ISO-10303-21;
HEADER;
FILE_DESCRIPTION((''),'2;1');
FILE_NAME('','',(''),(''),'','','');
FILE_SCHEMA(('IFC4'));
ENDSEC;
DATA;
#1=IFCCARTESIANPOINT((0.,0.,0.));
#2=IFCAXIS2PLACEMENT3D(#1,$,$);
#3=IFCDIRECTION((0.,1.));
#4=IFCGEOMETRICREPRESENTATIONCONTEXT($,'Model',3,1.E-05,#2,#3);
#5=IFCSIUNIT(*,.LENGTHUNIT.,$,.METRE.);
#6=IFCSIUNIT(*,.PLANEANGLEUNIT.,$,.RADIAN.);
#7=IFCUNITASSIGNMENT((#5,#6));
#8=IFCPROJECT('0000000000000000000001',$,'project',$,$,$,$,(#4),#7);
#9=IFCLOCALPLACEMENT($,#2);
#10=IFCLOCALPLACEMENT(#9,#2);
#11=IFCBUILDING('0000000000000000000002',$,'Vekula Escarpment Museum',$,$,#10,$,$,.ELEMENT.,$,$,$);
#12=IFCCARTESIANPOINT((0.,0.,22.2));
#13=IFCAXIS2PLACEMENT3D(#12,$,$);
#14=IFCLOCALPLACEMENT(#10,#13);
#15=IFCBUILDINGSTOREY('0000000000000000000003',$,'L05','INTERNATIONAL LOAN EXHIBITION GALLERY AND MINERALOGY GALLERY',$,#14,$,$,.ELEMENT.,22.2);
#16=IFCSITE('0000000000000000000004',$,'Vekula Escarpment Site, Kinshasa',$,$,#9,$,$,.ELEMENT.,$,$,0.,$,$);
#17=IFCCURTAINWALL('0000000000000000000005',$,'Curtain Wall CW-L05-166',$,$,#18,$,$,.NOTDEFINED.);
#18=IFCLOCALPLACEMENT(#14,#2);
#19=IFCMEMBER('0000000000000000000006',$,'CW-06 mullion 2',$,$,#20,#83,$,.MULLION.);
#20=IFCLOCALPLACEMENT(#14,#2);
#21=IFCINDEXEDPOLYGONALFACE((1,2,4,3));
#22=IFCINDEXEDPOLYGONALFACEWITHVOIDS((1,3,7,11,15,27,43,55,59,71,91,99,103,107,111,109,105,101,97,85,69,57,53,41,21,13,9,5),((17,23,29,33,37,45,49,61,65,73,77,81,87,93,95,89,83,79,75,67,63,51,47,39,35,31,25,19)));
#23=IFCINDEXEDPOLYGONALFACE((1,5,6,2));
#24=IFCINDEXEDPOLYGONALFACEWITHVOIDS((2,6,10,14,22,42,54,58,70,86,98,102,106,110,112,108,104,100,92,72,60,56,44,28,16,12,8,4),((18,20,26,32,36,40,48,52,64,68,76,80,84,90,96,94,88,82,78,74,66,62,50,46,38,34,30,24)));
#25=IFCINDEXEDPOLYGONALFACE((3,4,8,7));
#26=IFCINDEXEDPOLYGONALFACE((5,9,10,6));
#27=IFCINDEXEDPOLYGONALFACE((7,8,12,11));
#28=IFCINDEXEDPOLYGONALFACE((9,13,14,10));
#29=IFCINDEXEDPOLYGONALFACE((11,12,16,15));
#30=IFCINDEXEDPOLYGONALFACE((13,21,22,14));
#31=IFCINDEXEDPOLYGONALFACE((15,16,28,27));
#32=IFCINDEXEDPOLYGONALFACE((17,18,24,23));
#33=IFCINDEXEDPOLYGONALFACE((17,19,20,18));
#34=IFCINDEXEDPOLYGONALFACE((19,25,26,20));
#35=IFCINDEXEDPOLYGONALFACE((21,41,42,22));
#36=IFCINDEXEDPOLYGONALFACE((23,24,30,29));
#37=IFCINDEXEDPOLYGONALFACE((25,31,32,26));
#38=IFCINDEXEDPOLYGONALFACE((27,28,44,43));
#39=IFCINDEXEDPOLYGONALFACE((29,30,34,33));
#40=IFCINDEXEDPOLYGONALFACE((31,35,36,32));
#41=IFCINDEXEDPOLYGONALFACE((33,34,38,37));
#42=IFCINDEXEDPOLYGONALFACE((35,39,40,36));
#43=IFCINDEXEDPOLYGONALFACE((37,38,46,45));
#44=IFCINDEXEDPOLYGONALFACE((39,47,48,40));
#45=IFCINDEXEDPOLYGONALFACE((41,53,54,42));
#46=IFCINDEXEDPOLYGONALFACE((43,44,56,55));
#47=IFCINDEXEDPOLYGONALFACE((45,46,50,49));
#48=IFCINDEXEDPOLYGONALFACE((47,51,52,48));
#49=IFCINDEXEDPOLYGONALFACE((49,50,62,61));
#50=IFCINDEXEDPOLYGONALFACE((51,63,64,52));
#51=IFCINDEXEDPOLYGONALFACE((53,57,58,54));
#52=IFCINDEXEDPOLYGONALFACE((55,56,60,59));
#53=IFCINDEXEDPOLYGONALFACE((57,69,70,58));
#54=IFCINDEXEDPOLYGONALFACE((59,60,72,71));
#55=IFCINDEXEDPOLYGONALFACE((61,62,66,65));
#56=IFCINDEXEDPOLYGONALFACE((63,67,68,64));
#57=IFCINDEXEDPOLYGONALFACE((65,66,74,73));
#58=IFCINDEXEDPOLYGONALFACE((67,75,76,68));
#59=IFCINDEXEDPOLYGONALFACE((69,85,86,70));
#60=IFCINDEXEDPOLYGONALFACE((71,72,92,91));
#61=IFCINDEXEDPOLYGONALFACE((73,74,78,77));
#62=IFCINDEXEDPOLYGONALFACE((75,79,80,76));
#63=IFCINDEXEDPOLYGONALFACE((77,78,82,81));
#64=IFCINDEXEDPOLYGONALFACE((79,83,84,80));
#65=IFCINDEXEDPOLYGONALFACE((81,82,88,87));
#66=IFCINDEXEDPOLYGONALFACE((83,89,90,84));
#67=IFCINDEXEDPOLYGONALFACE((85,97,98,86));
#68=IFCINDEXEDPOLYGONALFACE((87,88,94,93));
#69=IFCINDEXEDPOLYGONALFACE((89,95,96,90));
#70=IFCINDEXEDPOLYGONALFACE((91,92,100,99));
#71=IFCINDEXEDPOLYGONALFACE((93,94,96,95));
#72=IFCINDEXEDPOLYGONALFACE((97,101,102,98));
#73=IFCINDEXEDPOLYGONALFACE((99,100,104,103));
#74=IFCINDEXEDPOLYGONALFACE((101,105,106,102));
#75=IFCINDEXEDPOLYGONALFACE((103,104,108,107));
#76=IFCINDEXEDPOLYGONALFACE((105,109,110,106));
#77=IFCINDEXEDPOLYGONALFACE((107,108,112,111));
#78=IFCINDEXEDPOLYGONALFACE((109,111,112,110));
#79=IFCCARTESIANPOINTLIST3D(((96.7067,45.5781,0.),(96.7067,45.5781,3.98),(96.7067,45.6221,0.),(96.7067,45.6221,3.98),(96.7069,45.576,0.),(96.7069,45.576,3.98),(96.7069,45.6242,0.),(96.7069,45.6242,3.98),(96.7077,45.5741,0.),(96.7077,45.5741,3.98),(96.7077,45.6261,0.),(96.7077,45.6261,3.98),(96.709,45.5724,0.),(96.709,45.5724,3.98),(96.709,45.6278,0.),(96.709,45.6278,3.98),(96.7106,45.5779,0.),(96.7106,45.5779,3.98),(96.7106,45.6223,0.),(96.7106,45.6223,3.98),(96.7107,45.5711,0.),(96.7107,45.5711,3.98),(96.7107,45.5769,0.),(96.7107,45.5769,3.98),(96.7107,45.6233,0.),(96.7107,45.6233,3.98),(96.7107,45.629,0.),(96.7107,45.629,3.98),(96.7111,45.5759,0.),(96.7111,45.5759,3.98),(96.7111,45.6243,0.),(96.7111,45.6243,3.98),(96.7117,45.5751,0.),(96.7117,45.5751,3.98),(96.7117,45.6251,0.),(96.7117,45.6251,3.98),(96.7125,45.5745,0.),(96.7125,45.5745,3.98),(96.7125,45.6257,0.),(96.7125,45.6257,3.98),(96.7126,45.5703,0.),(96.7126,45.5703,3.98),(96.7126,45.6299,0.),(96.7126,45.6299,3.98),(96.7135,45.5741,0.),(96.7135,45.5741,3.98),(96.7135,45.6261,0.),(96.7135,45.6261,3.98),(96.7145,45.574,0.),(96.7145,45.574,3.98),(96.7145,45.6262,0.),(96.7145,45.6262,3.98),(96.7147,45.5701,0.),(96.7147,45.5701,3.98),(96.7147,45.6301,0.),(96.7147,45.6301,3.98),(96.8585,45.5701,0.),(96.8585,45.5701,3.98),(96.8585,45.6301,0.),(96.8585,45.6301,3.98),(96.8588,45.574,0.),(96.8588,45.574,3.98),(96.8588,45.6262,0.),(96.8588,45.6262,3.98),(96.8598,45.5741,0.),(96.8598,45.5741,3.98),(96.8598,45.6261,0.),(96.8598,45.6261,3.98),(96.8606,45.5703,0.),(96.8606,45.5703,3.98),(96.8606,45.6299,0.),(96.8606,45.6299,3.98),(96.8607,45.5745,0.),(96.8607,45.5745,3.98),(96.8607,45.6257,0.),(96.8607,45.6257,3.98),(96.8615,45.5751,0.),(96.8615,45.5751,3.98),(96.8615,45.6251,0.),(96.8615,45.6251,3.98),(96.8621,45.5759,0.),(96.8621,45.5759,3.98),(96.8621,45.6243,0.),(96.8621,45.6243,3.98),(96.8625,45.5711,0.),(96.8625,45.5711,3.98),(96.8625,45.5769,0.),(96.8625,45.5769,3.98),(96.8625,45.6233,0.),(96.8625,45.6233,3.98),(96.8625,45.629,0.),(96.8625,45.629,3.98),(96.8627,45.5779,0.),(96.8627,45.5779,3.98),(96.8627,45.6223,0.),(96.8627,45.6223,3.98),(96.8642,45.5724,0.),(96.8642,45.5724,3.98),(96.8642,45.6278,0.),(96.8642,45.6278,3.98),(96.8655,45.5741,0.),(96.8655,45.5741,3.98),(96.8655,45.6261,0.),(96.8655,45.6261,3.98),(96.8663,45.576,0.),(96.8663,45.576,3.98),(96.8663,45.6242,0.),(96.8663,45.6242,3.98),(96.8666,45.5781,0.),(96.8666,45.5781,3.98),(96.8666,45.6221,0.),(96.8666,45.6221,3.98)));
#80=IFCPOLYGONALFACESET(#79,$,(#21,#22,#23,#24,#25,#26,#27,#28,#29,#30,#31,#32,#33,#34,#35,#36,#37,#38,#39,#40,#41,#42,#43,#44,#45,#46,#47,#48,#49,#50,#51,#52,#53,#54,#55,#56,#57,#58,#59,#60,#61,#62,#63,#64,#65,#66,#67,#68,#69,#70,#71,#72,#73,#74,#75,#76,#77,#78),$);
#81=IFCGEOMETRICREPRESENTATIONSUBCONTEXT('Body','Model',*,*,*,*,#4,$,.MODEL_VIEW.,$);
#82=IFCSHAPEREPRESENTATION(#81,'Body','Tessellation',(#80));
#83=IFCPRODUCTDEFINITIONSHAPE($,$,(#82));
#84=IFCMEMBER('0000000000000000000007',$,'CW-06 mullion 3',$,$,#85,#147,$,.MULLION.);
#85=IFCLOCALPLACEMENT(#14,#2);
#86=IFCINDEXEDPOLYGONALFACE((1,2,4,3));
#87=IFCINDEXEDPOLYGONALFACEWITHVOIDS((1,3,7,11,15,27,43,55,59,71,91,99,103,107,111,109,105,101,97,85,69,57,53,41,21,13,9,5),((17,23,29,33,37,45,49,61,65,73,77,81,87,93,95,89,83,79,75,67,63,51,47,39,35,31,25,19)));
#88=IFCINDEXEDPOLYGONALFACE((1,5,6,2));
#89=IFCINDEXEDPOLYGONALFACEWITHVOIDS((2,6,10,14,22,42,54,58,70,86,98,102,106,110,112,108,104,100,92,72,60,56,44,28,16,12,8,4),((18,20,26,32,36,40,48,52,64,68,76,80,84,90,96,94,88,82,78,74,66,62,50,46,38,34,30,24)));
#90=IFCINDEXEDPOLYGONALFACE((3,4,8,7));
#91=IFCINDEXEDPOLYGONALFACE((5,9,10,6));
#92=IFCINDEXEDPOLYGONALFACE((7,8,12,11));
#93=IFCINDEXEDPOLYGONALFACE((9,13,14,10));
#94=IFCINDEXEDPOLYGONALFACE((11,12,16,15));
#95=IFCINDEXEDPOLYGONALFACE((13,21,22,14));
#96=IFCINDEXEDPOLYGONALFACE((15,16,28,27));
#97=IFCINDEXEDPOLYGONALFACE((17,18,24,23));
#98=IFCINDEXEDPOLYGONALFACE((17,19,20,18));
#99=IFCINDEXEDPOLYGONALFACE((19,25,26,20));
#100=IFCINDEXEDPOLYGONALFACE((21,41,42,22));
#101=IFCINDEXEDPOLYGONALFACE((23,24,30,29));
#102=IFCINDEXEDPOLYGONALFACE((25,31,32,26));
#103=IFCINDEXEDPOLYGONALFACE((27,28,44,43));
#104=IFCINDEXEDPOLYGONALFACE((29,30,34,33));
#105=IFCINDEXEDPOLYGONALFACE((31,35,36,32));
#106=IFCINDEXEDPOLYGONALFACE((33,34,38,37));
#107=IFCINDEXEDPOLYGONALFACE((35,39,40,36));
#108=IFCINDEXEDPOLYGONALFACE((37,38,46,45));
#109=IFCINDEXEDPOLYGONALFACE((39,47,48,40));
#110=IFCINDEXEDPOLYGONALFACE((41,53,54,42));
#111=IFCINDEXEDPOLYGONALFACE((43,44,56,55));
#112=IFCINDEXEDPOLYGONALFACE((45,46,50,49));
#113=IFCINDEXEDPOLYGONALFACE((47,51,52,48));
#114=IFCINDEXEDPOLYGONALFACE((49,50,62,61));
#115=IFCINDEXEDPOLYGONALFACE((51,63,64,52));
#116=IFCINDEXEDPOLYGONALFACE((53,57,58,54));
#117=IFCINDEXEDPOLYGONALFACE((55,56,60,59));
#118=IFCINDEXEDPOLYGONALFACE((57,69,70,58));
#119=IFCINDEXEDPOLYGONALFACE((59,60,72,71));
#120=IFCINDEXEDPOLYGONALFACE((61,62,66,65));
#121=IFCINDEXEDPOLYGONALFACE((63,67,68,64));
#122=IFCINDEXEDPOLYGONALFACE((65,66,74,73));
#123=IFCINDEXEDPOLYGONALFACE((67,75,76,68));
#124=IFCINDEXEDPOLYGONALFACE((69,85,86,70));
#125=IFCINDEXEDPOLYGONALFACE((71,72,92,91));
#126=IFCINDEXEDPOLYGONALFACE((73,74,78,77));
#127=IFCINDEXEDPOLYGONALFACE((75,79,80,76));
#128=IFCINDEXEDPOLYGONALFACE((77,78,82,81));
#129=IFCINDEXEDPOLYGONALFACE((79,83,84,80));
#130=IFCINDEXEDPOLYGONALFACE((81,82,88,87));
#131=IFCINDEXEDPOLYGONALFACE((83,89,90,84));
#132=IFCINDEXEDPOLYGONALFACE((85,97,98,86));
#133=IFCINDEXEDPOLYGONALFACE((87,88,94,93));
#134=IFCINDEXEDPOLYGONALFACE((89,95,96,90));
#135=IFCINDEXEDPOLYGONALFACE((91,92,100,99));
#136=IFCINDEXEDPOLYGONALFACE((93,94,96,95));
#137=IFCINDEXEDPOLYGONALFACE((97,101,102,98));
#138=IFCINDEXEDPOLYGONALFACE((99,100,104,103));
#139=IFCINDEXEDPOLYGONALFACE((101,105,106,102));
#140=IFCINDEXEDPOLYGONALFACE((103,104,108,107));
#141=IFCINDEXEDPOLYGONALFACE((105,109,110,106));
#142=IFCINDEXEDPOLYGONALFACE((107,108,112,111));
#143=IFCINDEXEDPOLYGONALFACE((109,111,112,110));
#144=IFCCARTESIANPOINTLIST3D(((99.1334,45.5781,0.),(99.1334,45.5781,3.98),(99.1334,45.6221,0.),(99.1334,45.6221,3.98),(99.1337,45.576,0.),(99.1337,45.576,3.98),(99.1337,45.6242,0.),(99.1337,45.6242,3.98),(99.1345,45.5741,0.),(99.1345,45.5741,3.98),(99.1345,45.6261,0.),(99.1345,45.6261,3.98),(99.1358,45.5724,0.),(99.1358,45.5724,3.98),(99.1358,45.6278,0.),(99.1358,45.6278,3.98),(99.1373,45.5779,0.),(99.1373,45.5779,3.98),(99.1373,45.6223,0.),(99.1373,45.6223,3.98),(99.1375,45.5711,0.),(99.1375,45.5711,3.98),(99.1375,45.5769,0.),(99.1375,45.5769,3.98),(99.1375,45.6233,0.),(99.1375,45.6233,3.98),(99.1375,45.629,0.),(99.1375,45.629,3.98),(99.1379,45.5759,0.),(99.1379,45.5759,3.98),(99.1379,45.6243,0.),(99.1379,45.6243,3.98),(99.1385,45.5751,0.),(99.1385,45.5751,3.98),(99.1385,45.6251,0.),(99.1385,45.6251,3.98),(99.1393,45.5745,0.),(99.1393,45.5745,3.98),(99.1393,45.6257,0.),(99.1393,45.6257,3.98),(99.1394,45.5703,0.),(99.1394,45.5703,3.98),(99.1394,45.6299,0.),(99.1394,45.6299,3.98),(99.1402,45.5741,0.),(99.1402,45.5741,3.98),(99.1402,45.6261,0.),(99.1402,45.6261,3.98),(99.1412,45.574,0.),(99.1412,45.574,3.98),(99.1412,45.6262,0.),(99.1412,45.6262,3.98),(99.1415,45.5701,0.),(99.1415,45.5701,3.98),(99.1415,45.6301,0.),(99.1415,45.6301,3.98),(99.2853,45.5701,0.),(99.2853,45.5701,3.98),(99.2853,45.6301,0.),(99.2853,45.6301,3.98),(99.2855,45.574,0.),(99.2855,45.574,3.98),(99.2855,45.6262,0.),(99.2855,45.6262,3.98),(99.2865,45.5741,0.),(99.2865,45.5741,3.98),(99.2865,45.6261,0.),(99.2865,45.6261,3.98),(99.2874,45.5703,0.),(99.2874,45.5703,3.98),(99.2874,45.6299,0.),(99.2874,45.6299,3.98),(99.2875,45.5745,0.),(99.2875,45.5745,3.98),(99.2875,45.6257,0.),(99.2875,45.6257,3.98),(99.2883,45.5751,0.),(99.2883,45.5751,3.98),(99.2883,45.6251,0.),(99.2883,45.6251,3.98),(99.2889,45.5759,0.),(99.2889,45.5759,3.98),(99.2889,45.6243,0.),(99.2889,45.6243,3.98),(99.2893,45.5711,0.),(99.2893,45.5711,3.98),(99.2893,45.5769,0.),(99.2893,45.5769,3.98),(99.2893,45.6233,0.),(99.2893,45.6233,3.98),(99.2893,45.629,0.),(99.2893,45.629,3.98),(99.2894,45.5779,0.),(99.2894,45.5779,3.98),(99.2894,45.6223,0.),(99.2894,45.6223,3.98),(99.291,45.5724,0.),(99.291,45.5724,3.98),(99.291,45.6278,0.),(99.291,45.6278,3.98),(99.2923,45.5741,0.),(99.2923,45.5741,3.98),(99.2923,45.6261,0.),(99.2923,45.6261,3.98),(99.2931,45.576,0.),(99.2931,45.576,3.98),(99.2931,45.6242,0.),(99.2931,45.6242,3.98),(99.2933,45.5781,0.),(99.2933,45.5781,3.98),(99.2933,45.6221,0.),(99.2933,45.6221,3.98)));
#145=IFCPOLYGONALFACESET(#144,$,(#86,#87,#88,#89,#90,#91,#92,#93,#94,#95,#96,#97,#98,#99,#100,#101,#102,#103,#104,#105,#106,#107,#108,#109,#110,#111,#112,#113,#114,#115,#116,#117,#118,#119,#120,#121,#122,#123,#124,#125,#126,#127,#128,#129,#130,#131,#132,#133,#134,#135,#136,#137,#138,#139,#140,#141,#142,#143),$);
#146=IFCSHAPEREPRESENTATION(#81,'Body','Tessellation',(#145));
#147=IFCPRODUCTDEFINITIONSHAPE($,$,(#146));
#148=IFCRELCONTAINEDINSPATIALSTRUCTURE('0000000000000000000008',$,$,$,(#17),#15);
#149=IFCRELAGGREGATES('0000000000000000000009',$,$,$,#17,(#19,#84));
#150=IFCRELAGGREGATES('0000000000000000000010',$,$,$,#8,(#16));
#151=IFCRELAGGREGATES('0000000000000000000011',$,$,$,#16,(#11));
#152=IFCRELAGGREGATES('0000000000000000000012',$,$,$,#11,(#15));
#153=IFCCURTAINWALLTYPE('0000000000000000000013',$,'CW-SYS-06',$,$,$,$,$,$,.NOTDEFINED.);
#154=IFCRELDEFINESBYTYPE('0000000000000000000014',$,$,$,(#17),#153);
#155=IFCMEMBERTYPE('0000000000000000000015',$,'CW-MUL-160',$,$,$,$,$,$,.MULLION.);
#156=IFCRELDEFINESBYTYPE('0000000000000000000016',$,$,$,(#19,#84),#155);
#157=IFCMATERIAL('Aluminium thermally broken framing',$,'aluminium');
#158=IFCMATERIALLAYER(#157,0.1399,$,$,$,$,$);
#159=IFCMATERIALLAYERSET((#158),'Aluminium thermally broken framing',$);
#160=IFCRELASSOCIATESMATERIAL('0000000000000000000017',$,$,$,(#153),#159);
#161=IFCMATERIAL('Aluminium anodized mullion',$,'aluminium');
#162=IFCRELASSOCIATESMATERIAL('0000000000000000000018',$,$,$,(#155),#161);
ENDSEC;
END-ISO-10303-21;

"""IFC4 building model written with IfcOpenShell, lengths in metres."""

from ifc_helpers import new_model, si_unit, direction, frame, origin, origin_2d, place, context, subcontext, project, spatial, hollow_rectangle, extrude, material, layer, layer_set, material_profile, profile_set, type_object, element, aggregate, save


model = new_model("IFC4")

# Units and contexts
model_context = context("Model", 3, precision=1e-05, world=origin(), true_north=direction((0.0, 1.0)))
body_context = subcontext(model_context, "Body", "Model", "MODEL_VIEW")
ifc_project = project(units=[si_unit("LENGTHUNIT", "METRE"), si_unit("PLANEANGLEUNIT", "RADIAN")], contexts=[model_context])

# Site, building, storey
site_placement = place(None, origin())
site = spatial("IfcSite", under=ifc_project, at=site_placement, Name="Vekula Escarpment Site, Kinshasa", CompositionType="ELEMENT", RefElevation=0.0)
building_placement = place(site_placement, origin())
building = spatial("IfcBuilding", under=site, at=building_placement, Name="Vekula Escarpment Museum", CompositionType="ELEMENT")
storey_placement = place(building_placement, frame((0.0, 0.0, 22.2)))
storey = spatial("IfcBuildingStorey", under=building, at=storey_placement, Name="L05", Description="INTERNATIONAL LOAN EXHIBITION GALLERY AND MINERALOGY GALLERY", CompositionType="ELEMENT", Elevation=22.2)

# Curtain wall, members
ifc_material_1 = material(Name="Aluminium thermally broken framing", Category="aluminium")
ifc_layer_1 = layer(ifc_material_1, 0.1399)
ifc_layer_set_1 = layer_set([ifc_layer_1], Name="Aluminium thermally broken framing")
curtain_wall_type_1 = type_object("IfcCurtainWallType", Name="CW-SYS-06", PredefinedType="NOTDEFINED", material=ifc_layer_set_1)
curtain_wall_1_placement = place(storey_placement, origin())
curtain_wall_1 = element("IfcCurtainWall", 1, at=curtain_wall_1_placement, inside=storey, type_object=curtain_wall_type_1, Name="Curtain Wall CW-L05-166", PredefinedType="NOTDEFINED")
ifc_material_2 = material(Name="Aluminium anodized mullion", Category="aluminium")
ifc_material_profile_1 = material_profile(ifc_material_2, hollow_rectangle(XDim=0.0601, YDim=0.1599, WallThickness=0.0039, InnerFilletRadius=0.0039, OuterFilletRadius=0.0081, at=origin_2d()), Name="ALU 160x60x4")
ifc_profile_set_1 = profile_set([ifc_material_profile_1], Name="Aluminium anodized mullion")
member_type_1 = type_object("IfcMemberType", Name="CW-MUL-160", PredefinedType="MULLION", material=ifc_profile_set_1)
member_1_placement = place(storey_placement, frame((96.7866, 45.6001, 0.0), z_axis=(0.0, 0.0, 1.0), x_axis=(0.0, 1.0, 0.0)))
member_1 = element("IfcMember", 2, at=member_1_placement, type_object=member_type_1, Name="CW-06 mullion 2", PredefinedType="MULLION", context=body_context, shape_type="SweptSolid", body=[
    extrude(hollow_rectangle(XDim=0.0601, YDim=0.1599, WallThickness=0.0039, InnerFilletRadius=0.0039, OuterFilletRadius=0.0081, at=origin_2d()), origin(), (0.0, 0.0, 1.0), 3.98),
])
member_2_placement = place(storey_placement, frame((99.2134, 45.6001, 0.0), z_axis=(0.0, 0.0, 1.0), x_axis=(0.0, 1.0, 0.0)))
member_2 = element("IfcMember", 3, at=member_2_placement, type_object=member_type_1, Name="CW-06 mullion 3", PredefinedType="MULLION", context=body_context, shape_type="SweptSolid", body=[
    extrude(hollow_rectangle(XDim=0.0601, YDim=0.1599, WallThickness=0.0039, InnerFilletRadius=0.0039, OuterFilletRadius=0.0081, at=origin_2d()), origin(), (0.0, 0.0, 1.0), 3.98),
])

aggregate(curtain_wall_1, [member_1, member_2])

save(model, "model.ifc")
